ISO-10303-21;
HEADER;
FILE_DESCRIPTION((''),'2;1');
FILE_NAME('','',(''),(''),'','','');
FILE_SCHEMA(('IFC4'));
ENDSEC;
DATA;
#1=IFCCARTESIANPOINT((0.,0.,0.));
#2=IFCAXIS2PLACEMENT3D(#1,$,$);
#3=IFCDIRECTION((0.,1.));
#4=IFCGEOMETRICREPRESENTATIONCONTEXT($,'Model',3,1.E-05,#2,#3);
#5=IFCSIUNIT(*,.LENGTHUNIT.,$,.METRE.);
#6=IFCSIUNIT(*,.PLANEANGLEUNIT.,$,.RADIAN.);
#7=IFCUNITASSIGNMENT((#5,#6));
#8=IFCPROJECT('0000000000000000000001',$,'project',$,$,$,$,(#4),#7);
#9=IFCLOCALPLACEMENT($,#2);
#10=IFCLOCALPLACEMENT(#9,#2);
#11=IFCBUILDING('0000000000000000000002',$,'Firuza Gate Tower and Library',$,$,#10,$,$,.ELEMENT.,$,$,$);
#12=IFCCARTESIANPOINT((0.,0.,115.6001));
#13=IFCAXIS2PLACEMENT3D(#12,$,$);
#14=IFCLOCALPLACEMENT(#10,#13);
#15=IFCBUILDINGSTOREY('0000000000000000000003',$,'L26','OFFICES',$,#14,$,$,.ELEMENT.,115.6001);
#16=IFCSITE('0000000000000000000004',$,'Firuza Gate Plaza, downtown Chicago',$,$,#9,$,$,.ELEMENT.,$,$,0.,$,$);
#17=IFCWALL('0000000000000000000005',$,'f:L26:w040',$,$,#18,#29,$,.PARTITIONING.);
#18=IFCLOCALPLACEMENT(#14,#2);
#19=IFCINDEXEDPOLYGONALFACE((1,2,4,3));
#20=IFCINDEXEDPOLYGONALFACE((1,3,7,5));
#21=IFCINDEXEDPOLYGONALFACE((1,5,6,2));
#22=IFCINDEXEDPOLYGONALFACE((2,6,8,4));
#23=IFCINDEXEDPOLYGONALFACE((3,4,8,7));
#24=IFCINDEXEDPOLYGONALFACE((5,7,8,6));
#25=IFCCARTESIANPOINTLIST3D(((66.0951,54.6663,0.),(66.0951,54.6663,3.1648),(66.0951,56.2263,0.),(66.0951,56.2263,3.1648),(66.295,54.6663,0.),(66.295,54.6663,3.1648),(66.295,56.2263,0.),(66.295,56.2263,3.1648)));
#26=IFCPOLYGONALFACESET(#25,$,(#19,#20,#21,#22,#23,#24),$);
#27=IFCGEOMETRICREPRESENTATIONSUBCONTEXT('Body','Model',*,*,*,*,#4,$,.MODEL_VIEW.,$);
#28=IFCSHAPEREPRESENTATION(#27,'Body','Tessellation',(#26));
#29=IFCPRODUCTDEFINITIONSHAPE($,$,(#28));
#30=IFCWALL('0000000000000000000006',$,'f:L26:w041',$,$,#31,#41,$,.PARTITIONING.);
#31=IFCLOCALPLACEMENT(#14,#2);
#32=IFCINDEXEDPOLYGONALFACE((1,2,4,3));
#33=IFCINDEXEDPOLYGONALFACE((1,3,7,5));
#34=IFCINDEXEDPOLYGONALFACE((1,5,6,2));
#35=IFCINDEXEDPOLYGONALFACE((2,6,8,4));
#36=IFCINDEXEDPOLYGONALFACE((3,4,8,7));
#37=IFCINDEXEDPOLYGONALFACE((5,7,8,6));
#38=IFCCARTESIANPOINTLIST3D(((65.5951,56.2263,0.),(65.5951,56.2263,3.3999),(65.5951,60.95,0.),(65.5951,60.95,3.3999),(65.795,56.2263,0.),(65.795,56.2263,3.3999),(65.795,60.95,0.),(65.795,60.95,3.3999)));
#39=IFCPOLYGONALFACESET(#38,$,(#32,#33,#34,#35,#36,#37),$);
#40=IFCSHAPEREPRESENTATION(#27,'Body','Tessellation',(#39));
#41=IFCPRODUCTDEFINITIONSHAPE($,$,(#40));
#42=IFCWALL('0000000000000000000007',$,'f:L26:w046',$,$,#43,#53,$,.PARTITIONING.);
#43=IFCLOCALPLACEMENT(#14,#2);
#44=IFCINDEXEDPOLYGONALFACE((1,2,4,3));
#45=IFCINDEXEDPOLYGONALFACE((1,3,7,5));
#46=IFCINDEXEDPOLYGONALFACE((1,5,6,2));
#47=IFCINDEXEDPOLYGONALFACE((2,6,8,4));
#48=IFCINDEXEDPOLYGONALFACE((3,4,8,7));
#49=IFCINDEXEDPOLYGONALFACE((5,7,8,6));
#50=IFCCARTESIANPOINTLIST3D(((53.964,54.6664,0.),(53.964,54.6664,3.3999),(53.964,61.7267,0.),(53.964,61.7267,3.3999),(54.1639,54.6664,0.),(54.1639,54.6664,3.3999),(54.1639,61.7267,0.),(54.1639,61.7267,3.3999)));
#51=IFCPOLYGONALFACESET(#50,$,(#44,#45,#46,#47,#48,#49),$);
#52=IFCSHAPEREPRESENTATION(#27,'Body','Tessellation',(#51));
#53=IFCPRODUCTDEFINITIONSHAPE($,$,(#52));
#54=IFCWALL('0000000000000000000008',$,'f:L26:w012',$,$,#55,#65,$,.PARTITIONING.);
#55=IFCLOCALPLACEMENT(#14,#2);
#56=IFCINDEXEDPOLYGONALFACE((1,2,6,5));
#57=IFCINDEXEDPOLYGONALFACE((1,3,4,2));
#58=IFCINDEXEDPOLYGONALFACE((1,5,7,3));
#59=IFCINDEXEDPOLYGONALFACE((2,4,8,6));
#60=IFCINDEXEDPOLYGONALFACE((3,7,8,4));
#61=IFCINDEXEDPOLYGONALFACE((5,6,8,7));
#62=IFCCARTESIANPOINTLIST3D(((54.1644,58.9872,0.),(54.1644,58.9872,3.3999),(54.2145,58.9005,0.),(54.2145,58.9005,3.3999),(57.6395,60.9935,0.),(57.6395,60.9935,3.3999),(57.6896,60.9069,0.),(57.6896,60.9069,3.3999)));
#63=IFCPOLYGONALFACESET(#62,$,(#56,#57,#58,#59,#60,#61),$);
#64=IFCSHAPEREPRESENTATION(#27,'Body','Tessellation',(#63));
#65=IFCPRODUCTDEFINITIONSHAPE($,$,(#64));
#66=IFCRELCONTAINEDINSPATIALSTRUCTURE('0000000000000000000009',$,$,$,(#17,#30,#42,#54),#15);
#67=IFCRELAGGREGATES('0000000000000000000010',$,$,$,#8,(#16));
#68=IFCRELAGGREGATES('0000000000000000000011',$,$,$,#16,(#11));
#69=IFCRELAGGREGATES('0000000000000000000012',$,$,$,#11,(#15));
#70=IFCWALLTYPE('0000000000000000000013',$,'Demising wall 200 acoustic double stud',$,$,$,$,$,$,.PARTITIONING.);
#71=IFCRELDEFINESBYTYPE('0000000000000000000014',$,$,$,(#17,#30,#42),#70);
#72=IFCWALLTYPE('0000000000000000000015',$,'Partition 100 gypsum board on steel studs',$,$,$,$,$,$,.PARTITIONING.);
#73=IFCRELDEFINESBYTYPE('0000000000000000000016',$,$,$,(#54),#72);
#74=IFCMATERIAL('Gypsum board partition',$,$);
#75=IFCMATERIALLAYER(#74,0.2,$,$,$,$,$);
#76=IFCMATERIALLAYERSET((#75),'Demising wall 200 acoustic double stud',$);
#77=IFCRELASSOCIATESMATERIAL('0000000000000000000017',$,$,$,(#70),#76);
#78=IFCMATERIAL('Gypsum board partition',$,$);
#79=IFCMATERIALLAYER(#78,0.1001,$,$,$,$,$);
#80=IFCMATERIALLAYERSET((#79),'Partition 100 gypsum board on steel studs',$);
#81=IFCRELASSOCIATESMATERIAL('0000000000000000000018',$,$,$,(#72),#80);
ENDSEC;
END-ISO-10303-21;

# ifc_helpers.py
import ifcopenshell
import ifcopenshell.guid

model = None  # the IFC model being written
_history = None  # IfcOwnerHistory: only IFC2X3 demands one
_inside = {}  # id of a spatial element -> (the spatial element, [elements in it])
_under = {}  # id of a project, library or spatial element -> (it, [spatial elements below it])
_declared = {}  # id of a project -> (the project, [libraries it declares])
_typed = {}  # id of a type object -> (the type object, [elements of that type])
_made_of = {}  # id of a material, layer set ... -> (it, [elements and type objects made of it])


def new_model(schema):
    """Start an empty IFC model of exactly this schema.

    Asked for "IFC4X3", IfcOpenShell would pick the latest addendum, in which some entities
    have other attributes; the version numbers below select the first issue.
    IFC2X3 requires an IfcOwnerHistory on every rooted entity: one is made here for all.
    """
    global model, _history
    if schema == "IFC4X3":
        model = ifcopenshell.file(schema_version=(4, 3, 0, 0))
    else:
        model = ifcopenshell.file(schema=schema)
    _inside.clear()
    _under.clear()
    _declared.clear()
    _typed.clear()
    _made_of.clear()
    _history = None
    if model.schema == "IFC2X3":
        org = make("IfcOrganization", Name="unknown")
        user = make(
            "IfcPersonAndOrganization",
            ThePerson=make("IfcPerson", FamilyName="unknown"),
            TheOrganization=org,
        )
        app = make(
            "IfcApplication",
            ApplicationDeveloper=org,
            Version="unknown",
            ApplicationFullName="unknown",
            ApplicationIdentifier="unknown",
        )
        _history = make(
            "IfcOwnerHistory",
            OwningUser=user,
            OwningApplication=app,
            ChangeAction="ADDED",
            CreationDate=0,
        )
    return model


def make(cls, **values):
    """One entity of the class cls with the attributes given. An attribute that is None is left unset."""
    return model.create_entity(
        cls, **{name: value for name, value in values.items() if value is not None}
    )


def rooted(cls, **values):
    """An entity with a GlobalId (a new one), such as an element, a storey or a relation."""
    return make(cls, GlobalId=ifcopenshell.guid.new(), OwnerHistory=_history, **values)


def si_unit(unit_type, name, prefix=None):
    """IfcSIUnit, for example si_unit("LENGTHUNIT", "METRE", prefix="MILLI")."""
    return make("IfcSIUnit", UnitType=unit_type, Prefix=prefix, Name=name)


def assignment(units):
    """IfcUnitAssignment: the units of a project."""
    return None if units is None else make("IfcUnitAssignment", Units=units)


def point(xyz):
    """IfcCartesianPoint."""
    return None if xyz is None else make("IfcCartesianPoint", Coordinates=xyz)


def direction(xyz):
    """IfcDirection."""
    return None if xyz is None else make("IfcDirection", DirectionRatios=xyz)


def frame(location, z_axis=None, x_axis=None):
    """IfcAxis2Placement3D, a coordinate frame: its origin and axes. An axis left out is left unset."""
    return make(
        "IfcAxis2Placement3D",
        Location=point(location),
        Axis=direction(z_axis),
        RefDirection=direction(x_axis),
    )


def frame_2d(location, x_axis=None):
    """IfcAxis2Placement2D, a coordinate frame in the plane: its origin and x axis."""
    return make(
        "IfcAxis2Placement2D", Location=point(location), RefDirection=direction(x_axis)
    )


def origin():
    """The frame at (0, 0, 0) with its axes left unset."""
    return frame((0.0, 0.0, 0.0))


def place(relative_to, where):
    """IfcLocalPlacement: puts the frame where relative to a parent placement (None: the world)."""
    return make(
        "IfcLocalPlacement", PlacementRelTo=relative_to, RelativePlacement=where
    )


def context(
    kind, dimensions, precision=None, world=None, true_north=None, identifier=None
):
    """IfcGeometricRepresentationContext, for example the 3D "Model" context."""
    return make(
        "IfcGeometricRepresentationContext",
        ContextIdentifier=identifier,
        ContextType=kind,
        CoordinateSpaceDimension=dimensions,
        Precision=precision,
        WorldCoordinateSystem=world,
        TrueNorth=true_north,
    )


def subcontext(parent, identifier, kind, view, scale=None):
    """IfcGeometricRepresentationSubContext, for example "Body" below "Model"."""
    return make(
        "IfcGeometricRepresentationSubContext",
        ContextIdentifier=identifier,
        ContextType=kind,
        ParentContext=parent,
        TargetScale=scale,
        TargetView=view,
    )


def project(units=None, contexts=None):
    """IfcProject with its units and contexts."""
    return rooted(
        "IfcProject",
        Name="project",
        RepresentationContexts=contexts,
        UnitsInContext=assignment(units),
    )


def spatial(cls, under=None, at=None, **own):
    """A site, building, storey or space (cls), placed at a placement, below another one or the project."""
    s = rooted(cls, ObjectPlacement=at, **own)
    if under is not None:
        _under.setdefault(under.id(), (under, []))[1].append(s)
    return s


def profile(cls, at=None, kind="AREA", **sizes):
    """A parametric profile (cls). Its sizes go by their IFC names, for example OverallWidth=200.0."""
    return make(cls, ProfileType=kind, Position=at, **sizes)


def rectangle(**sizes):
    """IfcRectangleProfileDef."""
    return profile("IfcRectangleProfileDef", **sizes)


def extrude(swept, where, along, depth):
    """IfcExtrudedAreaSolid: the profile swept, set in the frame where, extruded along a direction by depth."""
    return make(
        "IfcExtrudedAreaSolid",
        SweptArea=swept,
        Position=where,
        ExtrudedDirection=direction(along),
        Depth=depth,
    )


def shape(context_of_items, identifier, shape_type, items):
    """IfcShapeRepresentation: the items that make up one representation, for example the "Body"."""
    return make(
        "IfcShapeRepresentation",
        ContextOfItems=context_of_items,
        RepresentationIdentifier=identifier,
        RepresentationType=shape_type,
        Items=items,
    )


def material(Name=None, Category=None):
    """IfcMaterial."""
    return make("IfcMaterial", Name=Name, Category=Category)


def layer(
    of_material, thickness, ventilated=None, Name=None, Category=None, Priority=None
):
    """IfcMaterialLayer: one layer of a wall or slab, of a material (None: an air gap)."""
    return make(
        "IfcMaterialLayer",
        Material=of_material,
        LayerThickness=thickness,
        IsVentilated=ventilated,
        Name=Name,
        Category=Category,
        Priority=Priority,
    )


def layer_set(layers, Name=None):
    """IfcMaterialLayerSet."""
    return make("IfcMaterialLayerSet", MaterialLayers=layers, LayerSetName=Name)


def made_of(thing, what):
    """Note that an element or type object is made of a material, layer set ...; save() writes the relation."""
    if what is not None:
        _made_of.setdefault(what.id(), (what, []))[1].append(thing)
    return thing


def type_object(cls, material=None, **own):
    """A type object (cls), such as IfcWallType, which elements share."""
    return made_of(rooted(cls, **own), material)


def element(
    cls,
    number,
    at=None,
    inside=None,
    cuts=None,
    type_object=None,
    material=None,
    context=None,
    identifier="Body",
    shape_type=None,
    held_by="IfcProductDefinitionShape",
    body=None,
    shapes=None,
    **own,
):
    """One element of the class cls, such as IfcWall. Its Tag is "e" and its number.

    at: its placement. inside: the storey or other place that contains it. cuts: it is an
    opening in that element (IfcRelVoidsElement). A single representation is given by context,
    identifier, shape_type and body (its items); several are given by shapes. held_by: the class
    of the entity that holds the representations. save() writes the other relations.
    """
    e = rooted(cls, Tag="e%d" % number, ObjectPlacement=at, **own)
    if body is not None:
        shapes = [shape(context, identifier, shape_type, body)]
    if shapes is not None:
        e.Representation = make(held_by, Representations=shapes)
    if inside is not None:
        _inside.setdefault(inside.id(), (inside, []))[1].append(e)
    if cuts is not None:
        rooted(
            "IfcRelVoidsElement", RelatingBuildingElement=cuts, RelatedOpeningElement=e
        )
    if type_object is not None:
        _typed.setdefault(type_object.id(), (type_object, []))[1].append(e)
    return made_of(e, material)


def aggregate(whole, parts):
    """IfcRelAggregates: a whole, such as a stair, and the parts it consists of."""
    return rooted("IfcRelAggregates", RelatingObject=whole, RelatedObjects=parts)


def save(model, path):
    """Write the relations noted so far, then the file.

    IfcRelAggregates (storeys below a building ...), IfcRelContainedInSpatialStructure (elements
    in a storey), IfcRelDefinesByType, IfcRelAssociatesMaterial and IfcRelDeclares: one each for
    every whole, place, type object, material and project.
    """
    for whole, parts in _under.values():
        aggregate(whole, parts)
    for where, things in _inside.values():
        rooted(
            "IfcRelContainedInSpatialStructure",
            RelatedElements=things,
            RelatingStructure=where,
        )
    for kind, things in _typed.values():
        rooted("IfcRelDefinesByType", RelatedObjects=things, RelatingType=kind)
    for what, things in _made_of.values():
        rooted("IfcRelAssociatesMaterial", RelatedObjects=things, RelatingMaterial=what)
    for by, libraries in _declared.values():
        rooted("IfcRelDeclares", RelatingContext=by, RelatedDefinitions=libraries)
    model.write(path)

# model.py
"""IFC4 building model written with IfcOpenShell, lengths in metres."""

from ifc_helpers import new_model, si_unit, direction, frame, frame_2d, origin, place, context, subcontext, project, spatial, rectangle, extrude, material, layer, layer_set, type_object, element, save


model = new_model("IFC4")

# Units and contexts
model_context = context("Model", 3, precision=1e-05, world=origin(), true_north=direction((0.0, 1.0)))
body_context = subcontext(model_context, "Body", "Model", "MODEL_VIEW")
ifc_project = project(units=[si_unit("LENGTHUNIT", "METRE"), si_unit("PLANEANGLEUNIT", "RADIAN")], contexts=[model_context])

# Site, building, storey
site_placement = place(None, origin())
site = spatial("IfcSite", under=ifc_project, at=site_placement, Name="Firuza Gate Plaza, downtown Chicago", CompositionType="ELEMENT", RefElevation=0.0)
building_placement = place(site_placement, origin())
building = spatial("IfcBuilding", under=site, at=building_placement, Name="Firuza Gate Tower and Library", CompositionType="ELEMENT")
storey_placement = place(building_placement, frame((0.0, 0.0, 115.6001)))
storey = spatial("IfcBuildingStorey", under=building, at=storey_placement, Name="L26", Description="OFFICES", CompositionType="ELEMENT", Elevation=115.6001)

# Walls
ifc_material_1 = material(Name="Gypsum board partition")
ifc_layer_1 = layer(ifc_material_1, 0.2)
ifc_layer_set_1 = layer_set([ifc_layer_1], Name="Demising wall 200 acoustic double stud")
wall_type_1 = type_object("IfcWallType", Name="Demising wall 200 acoustic double stud", PredefinedType="PARTITIONING", material=ifc_layer_set_1)
wall_1_placement = place(storey_placement, frame((66.1951, 54.6663, 0.0), z_axis=(0.0, 0.0, 1.0), x_axis=(0.0, 1.0, 0.0)))
element("IfcWall", 1, at=wall_1_placement, inside=storey, type_object=wall_type_1, Name="f:L26:w040", PredefinedType="PARTITIONING", context=body_context, shape_type="SweptSolid", body=[
    extrude(rectangle(XDim=1.5601, YDim=0.2, at=frame_2d((0.78, 0.0))), origin(), (0.0, 0.0, 1.0), 3.1648),
])
wall_2_placement = place(storey_placement, frame((65.6951, 56.2263, 0.0), z_axis=(0.0, 0.0, 1.0), x_axis=(0.0, 1.0, 0.0)))
element("IfcWall", 2, at=wall_2_placement, inside=storey, type_object=wall_type_1, Name="f:L26:w041", PredefinedType="PARTITIONING", context=body_context, shape_type="SweptSolid", body=[
    extrude(rectangle(XDim=4.7236, YDim=0.2, at=frame_2d((2.3618, 0.0))), origin(), (0.0, 0.0, 1.0), 3.3999),
])
wall_3_placement = place(storey_placement, frame((54.064, 54.6663, 0.0), z_axis=(0.0, 0.0, 1.0), x_axis=(0.0, 1.0, 0.0)))
element("IfcWall", 3, at=wall_3_placement, inside=storey, type_object=wall_type_1, Name="f:L26:w046", PredefinedType="PARTITIONING", context=body_context, shape_type="SweptSolid", body=[
    extrude(rectangle(XDim=7.0603, YDim=0.2, at=frame_2d((3.5303, 0.0))), origin(), (0.0, 0.0, 1.0), 3.3999),
])
ifc_material_2 = material(Name="Gypsum board partition")
ifc_layer_2 = layer(ifc_material_2, 0.1001)
ifc_layer_set_2 = layer_set([ifc_layer_2], Name="Partition 100 gypsum board on steel studs")
wall_type_2 = type_object("IfcWallType", Name="Partition 100 gypsum board on steel studs", PredefinedType="PARTITIONING", material=ifc_layer_set_2)
wall_4_placement = place(storey_placement, frame((54.1895, 58.9438, 0.0), z_axis=(0.0, 0.0, 1.0), x_axis=(0.866026, 0.5, 0.0)))
element("IfcWall", 4, at=wall_4_placement, inside=storey, type_object=wall_type_2, Name="f:L26:w012", PredefinedType="PARTITIONING", context=body_context, shape_type="SweptSolid", body=[
    extrude(rectangle(XDim=4.0127, YDim=0.1001, at=frame_2d((2.0063, 0.0))), origin(), (0.0, 0.0, 1.0), 3.3999),
])

save(model, "model.ifc")
